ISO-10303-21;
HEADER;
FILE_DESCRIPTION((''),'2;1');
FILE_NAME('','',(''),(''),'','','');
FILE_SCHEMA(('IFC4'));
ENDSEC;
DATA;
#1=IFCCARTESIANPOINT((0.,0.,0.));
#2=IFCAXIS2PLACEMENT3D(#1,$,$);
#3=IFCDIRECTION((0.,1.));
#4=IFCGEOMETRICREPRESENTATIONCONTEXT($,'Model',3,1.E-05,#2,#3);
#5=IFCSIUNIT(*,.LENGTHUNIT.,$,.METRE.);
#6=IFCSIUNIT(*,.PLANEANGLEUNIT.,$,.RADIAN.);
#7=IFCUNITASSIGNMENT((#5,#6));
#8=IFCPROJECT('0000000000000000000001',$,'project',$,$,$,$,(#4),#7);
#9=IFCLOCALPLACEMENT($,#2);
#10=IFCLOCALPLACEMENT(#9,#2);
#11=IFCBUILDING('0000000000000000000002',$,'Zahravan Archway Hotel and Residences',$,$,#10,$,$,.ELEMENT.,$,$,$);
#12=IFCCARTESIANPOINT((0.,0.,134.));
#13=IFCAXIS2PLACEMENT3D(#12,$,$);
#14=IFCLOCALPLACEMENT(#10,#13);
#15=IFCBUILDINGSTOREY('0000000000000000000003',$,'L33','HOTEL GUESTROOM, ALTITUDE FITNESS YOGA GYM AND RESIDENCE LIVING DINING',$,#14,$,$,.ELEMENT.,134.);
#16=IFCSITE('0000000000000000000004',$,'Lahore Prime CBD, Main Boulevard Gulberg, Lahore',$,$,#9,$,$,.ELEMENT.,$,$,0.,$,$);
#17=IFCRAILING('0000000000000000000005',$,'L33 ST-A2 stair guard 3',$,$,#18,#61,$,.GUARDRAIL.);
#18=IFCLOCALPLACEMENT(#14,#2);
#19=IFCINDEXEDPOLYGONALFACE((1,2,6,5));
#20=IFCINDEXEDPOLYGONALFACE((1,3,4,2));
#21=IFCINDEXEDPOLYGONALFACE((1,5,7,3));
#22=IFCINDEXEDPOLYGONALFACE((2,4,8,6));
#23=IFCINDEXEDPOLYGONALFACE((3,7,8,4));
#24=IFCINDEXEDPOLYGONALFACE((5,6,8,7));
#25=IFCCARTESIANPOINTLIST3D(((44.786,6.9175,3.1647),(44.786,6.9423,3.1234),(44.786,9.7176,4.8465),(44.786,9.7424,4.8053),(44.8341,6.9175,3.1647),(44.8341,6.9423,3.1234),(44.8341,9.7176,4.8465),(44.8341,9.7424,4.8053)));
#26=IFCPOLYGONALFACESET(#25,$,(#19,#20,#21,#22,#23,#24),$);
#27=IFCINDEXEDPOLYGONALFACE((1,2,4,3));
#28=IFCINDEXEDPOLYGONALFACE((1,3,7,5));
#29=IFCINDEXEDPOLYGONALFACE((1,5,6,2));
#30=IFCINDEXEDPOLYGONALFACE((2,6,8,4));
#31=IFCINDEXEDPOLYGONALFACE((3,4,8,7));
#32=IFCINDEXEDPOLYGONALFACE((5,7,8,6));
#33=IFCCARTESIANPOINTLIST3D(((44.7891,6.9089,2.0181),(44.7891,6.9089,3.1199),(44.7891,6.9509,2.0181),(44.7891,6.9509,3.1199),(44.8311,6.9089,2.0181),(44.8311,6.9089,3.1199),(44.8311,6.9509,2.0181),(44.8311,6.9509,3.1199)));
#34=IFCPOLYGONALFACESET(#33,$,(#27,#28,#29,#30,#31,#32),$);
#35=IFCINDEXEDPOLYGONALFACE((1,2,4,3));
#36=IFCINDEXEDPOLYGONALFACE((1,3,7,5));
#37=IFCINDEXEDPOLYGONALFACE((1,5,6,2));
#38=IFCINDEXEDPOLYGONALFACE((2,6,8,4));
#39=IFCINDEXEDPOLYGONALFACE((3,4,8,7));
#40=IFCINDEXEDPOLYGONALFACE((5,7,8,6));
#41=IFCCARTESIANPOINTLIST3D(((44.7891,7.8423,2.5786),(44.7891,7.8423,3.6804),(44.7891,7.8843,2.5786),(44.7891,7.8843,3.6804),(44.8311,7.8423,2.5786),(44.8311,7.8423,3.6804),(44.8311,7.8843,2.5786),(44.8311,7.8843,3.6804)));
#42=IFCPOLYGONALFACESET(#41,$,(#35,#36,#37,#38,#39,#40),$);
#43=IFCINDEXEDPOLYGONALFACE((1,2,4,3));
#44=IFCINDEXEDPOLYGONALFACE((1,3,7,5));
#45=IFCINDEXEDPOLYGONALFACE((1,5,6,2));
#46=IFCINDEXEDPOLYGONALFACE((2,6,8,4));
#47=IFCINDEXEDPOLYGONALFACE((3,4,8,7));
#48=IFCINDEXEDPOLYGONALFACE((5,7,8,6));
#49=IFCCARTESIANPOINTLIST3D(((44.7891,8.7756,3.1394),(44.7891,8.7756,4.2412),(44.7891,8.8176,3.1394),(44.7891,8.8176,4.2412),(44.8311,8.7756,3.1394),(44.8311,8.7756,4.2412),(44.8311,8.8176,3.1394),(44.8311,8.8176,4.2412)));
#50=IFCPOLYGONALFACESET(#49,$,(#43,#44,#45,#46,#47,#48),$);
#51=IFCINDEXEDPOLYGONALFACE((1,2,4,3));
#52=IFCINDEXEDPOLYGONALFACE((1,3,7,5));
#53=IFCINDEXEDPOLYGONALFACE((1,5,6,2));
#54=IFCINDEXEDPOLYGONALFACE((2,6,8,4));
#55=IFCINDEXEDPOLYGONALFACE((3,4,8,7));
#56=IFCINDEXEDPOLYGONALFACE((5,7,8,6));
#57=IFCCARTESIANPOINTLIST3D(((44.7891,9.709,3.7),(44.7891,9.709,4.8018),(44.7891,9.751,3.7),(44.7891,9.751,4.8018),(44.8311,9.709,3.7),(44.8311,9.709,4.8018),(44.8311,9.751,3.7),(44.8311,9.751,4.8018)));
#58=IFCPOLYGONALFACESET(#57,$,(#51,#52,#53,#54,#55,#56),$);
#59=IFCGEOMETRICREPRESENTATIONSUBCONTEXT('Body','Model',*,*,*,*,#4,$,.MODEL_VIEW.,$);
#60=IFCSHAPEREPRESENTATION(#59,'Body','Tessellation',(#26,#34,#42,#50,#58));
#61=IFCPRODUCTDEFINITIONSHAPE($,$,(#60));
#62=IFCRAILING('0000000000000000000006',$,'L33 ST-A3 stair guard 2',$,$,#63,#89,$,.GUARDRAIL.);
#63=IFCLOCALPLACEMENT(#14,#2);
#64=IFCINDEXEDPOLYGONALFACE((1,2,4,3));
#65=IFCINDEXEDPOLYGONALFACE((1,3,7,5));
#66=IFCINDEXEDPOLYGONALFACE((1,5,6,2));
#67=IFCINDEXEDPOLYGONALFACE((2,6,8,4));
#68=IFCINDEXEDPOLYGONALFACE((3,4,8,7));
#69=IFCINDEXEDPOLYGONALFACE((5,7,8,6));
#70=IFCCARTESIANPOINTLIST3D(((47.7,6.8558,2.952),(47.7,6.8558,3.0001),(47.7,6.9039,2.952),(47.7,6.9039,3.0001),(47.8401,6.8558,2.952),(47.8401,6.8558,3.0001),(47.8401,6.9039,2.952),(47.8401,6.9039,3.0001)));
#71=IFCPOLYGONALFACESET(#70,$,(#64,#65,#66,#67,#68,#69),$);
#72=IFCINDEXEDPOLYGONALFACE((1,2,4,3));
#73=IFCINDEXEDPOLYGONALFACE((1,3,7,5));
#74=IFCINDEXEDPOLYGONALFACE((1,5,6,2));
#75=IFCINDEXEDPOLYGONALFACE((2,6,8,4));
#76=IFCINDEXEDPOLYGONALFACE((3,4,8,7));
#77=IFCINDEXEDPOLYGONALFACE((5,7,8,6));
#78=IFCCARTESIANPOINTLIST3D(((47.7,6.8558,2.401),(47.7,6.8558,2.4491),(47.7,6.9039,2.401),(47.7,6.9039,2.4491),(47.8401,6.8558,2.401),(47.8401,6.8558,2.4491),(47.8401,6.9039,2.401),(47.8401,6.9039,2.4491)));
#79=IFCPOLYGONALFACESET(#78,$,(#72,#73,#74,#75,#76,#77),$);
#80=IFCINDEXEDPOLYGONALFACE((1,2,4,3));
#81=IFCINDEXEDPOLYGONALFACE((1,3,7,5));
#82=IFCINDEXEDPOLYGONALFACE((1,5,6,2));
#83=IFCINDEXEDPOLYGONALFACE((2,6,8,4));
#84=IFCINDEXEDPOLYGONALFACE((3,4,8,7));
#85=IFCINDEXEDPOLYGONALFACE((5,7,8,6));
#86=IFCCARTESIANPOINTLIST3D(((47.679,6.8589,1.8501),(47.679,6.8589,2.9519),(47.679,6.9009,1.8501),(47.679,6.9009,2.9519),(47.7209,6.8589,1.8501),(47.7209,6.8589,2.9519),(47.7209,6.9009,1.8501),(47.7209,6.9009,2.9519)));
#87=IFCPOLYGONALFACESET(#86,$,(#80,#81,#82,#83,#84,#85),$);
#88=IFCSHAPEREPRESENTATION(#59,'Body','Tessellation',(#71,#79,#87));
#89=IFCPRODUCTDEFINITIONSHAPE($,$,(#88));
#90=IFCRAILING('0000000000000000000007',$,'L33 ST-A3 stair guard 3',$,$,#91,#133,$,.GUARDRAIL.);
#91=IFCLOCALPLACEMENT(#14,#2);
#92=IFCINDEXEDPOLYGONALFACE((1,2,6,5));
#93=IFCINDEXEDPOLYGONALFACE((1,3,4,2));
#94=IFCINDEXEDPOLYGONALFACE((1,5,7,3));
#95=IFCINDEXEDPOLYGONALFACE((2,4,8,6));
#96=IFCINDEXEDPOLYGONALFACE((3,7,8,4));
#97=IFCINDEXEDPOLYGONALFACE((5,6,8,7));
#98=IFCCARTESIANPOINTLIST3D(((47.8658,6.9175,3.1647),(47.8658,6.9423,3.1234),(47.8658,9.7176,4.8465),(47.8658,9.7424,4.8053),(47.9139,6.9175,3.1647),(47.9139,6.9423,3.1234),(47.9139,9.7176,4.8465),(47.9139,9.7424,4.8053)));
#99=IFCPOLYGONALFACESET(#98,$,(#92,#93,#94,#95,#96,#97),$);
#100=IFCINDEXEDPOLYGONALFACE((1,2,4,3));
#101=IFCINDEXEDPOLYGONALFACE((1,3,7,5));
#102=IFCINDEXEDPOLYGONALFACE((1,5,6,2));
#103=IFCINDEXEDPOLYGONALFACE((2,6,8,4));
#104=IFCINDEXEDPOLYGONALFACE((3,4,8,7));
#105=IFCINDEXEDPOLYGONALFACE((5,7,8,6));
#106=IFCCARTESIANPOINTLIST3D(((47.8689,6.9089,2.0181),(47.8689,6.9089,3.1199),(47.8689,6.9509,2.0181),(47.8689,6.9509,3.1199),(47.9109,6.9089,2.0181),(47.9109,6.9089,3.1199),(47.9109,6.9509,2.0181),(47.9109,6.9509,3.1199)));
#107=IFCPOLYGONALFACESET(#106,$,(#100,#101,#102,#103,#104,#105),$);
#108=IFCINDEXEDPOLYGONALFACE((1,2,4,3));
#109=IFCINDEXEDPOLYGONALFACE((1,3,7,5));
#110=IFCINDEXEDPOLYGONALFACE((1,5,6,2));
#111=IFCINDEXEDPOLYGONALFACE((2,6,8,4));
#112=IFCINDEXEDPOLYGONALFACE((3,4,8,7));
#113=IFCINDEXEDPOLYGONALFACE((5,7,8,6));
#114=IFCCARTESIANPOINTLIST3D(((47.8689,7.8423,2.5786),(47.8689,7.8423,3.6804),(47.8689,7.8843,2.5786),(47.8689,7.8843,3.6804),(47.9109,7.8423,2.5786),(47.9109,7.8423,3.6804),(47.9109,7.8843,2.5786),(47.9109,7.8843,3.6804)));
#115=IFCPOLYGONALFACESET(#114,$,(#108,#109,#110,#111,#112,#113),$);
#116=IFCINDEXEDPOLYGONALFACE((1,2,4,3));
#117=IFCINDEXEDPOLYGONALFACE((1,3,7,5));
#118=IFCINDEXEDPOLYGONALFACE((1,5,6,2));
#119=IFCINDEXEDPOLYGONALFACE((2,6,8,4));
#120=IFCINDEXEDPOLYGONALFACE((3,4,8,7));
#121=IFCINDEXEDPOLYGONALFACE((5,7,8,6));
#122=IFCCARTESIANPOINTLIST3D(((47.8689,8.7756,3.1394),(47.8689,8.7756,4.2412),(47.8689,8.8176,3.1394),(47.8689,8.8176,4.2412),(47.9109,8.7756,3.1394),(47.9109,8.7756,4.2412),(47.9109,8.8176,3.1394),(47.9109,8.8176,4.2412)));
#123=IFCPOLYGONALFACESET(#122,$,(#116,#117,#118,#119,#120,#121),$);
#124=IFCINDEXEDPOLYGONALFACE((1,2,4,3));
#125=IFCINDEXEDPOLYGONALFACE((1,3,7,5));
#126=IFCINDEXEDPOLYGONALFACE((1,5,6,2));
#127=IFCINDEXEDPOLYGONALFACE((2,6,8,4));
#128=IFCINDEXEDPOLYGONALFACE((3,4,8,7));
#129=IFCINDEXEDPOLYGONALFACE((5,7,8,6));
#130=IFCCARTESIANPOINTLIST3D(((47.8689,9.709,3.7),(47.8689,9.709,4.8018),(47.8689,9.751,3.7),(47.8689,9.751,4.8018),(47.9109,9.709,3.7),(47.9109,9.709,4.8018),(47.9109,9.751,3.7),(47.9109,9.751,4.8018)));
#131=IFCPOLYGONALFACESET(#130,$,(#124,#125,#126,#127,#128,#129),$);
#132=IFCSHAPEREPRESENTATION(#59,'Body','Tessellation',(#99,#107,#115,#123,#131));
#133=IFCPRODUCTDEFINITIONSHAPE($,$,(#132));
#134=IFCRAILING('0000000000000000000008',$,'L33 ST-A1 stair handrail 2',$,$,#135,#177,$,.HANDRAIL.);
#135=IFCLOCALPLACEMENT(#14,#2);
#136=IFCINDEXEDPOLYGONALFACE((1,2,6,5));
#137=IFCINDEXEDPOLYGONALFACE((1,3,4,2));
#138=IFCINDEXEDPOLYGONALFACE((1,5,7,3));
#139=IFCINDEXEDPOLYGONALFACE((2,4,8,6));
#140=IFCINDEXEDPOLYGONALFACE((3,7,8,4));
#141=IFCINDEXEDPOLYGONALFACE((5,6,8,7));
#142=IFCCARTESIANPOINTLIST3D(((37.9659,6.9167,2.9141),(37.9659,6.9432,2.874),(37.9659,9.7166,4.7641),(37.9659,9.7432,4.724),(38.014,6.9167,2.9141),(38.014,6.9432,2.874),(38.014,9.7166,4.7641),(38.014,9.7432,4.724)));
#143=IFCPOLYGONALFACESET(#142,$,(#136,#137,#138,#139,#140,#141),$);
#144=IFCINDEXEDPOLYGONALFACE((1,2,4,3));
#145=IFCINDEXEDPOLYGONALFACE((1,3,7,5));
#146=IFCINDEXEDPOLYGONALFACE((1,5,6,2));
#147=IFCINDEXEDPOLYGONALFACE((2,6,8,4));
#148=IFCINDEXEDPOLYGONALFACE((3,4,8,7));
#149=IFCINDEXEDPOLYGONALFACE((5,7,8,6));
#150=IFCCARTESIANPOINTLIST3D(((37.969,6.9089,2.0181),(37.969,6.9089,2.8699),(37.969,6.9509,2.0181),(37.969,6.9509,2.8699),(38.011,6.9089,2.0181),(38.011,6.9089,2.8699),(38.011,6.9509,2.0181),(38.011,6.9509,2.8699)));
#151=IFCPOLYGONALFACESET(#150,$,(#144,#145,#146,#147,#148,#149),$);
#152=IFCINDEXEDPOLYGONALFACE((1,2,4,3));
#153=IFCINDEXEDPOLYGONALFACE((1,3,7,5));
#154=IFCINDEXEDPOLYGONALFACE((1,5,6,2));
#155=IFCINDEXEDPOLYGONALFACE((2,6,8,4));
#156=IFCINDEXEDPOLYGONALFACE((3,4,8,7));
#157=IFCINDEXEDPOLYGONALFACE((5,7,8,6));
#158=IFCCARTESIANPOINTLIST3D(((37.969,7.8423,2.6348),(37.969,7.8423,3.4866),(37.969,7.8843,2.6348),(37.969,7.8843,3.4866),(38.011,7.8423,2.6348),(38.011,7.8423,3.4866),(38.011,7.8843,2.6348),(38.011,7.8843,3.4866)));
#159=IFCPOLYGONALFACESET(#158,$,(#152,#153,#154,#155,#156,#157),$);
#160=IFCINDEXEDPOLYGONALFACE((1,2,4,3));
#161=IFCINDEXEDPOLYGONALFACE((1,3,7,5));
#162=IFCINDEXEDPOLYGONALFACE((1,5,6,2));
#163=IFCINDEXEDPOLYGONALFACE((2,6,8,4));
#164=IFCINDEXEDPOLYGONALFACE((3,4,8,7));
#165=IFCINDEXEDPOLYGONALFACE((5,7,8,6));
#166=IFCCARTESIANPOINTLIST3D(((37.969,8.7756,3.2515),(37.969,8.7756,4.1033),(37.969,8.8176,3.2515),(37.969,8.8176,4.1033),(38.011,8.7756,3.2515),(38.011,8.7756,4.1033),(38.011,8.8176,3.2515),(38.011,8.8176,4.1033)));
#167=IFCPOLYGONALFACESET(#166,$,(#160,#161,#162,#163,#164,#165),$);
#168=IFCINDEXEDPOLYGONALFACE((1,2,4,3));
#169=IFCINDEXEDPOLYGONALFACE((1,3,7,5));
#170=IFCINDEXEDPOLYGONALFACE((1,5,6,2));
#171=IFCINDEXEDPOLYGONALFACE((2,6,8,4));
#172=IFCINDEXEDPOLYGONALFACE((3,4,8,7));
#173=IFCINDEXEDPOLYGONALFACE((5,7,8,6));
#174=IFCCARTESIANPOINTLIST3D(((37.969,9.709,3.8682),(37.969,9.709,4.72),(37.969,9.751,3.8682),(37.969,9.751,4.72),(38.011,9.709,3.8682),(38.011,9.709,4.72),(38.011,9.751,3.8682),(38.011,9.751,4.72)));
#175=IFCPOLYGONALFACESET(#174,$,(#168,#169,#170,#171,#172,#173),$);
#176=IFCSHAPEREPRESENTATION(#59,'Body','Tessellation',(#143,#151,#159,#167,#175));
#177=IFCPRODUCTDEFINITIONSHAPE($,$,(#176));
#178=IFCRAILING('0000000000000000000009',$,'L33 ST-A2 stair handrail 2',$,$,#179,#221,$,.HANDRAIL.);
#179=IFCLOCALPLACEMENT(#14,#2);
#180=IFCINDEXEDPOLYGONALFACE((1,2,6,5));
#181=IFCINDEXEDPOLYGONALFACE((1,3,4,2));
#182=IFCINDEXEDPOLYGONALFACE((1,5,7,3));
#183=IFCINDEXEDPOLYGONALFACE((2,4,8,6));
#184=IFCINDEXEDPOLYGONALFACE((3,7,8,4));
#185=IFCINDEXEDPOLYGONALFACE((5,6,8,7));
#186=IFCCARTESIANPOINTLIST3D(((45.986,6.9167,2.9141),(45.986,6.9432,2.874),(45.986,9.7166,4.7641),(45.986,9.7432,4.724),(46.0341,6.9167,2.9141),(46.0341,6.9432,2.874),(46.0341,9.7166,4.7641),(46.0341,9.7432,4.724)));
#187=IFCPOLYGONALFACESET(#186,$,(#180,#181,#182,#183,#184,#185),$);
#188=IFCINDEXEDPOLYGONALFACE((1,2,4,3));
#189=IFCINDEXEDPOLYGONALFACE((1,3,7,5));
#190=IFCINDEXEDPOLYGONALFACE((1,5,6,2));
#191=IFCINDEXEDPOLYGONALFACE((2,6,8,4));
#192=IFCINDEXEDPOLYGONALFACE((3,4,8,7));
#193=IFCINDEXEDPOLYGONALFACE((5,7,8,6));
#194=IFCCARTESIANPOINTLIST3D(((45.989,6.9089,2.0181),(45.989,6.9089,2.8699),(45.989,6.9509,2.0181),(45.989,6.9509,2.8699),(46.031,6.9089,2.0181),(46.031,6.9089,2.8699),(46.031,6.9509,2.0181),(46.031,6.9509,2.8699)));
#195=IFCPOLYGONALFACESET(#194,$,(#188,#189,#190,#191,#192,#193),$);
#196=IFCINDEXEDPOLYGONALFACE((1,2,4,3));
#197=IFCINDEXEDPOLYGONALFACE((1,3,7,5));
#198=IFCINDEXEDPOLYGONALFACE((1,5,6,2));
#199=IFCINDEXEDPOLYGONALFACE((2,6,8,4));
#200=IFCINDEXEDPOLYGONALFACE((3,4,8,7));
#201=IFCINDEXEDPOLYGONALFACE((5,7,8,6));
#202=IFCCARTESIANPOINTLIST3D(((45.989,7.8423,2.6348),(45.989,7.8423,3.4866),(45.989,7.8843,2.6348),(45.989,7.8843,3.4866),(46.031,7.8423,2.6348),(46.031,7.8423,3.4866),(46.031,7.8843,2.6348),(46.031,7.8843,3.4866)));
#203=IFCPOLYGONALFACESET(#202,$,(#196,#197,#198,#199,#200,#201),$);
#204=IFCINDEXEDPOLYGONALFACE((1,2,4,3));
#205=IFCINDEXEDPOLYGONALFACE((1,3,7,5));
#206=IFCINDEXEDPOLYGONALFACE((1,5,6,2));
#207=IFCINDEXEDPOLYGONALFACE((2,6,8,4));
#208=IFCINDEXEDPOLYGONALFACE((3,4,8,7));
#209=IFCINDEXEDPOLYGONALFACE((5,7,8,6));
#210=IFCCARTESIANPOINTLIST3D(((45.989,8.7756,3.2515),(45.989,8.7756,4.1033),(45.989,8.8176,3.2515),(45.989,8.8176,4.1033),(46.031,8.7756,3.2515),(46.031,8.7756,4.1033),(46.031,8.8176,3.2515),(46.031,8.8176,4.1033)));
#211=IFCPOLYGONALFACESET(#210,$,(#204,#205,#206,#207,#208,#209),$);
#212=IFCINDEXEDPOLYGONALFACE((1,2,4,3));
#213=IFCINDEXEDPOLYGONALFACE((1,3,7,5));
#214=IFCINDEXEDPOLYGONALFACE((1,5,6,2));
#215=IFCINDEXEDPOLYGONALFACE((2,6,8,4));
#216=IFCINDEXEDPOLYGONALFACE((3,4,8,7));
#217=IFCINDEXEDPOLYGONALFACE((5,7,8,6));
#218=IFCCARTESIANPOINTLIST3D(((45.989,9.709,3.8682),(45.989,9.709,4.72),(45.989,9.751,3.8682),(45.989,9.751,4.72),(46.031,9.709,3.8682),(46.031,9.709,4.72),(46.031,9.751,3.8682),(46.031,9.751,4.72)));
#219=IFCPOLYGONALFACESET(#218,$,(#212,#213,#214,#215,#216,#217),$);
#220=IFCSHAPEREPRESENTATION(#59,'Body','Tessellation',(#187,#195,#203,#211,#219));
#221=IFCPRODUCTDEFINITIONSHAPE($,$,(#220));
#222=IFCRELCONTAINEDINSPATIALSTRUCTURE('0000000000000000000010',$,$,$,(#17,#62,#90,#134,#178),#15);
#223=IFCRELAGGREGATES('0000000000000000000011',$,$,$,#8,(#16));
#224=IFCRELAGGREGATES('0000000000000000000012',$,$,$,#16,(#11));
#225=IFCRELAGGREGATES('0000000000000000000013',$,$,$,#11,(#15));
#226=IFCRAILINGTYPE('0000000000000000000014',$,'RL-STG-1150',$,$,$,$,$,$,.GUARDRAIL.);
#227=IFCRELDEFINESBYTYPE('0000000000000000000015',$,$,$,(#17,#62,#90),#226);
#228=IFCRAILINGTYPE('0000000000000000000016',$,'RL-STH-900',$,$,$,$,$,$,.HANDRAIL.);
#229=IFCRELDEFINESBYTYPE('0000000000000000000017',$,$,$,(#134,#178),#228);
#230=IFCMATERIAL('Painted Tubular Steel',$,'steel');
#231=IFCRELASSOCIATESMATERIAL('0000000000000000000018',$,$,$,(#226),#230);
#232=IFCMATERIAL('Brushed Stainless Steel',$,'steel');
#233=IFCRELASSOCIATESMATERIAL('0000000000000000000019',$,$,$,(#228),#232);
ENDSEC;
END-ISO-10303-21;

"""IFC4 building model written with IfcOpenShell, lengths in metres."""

from ifc_helpers import new_model, si_unit, direction, frame, origin, origin_2d, place, context, subcontext, project, spatial, rectangle, extrude, material, type_object, element, save


model = new_model("IFC4")

# Units and contexts
model_context = context("Model", 3, precision=1e-05, world=origin(), true_north=direction((0.0, 1.0)))
body_context = subcontext(model_context, "Body", "Model", "MODEL_VIEW")
ifc_project = project(units=[si_unit("LENGTHUNIT", "METRE"), si_unit("PLANEANGLEUNIT", "RADIAN")], contexts=[model_context])

# Site, building, storey
site_placement = place(None, origin())
site = spatial("IfcSite", under=ifc_project, at=site_placement, Name="Lahore Prime CBD, Main Boulevard Gulberg, Lahore", CompositionType="ELEMENT", RefElevation=0.0)
building_placement = place(site_placement, origin())
building = spatial("IfcBuilding", under=site, at=building_placement, Name="Zahravan Archway Hotel and Residences", CompositionType="ELEMENT")
storey_placement = place(building_placement, frame((0.0, 0.0, 134.0)))
storey = spatial("IfcBuildingStorey", under=building, at=storey_placement, Name="L33", Description="HOTEL GUESTROOM, ALTITUDE FITNESS YOGA GYM AND RESIDENCE LIVING DINING", CompositionType="ELEMENT", Elevation=134.0)

# Railings
ifc_material_1 = material(Name="Painted Tubular Steel", Category="steel")
railing_type_1 = type_object("IfcRailingType", Name="RL-STG-1150", PredefinedType="GUARDRAIL", material=ifc_material_1)
railing_1_placement = place(storey_placement, frame((44.8101, 6.9299, 2.0181)))
element("IfcRailing", 1, at=railing_1_placement, inside=storey, type_object=railing_type_1, Name="L33 ST-A2 stair guard 3", PredefinedType="GUARDRAIL", context=body_context, shape_type="SweptSolid", body=[
    extrude(rectangle(XDim=0.0481, YDim=0.0481, at=origin_2d()), frame((0.0, 0.0, 1.126), z_axis=(0.0, 0.857242, 0.514913), x_axis=(-1.0, 0.0, 0.0)), (0.0, 0.0, 1.0), 3.2664),
    extrude(rectangle(XDim=0.042, YDim=0.042, at=origin_2d()), origin(), (0.0, 0.0, 1.0), 1.1018),
    extrude(rectangle(XDim=0.042, YDim=0.042, at=origin_2d()), frame((0.0, 0.9333, 0.5605)), (0.0, 0.0, 1.0), 1.1018),
    extrude(rectangle(XDim=0.042, YDim=0.042, at=origin_2d()), frame((0.0, 1.8667, 1.1213)), (0.0, 0.0, 1.0), 1.1018),
    extrude(rectangle(XDim=0.042, YDim=0.042, at=origin_2d()), frame((0.0, 2.8, 1.6819)), (0.0, 0.0, 1.0), 1.1018),
])
railing_2_placement = place(storey_placement, frame((47.7, 6.8799, 1.8501)))
element("IfcRailing", 2, at=railing_2_placement, inside=storey, type_object=railing_type_1, Name="L33 ST-A3 stair guard 2", PredefinedType="GUARDRAIL", context=body_context, shape_type="SweptSolid", body=[
    extrude(rectangle(XDim=0.0481, YDim=0.0481, at=origin_2d()), frame((0.0, 0.0, 1.126), z_axis=(1.0, 0.0, 0.0), x_axis=(0.0, 1.0, 0.0)), (0.0, 0.0, 1.0), 0.1401),
    extrude(rectangle(XDim=0.0481, YDim=0.0481, at=origin_2d()), frame((0.0, 0.0, 0.575), z_axis=(1.0, 0.0, 0.0), x_axis=(0.0, 1.0, 0.0)), (0.0, 0.0, 1.0), 0.1401),
    extrude(rectangle(XDim=0.042, YDim=0.042, at=origin_2d()), origin(), (0.0, 0.0, 1.0), 1.1018),
])
railing_3_placement = place(storey_placement, frame((47.8899, 6.9299, 2.0181)))
element("IfcRailing", 3, at=railing_3_placement, inside=storey, type_object=railing_type_1, Name="L33 ST-A3 stair guard 3", PredefinedType="GUARDRAIL", context=body_context, shape_type="SweptSolid", body=[
    extrude(rectangle(XDim=0.0481, YDim=0.0481, at=origin_2d()), frame((0.0, 0.0, 1.126), z_axis=(0.0, 0.857242, 0.514913), x_axis=(-1.0, 0.0, 0.0)), (0.0, 0.0, 1.0), 3.2664),
    extrude(rectangle(XDim=0.042, YDim=0.042, at=origin_2d()), origin(), (0.0, 0.0, 1.0), 1.1018),
    extrude(rectangle(XDim=0.042, YDim=0.042, at=origin_2d()), frame((0.0, 0.9333, 0.5605)), (0.0, 0.0, 1.0), 1.1018),
    extrude(rectangle(XDim=0.042, YDim=0.042, at=origin_2d()), frame((0.0, 1.8667, 1.1213)), (0.0, 0.0, 1.0), 1.1018),
    extrude(rectangle(XDim=0.042, YDim=0.042, at=origin_2d()), frame((0.0, 2.8, 1.6819)), (0.0, 0.0, 1.0), 1.1018),
])
ifc_material_2 = material(Name="Brushed Stainless Steel", Category="steel")
railing_type_2 = type_object("IfcRailingType", Name="RL-STH-900", PredefinedType="HANDRAIL", material=ifc_material_2)
for number, where, name in (
    (4, (37.99, 6.9299, 2.0181), "L33 ST-A1 stair handrail 2"),
    (5, (46.01, 6.9299, 2.0181), "L33 ST-A2 stair handrail 2"),
):
    element("IfcRailing", number, at=place(storey_placement, frame(where)), inside=storey, type_object=railing_type_2, Name=name, PredefinedType="HANDRAIL", context=body_context, shape_type="SweptSolid", body=[
        extrude(rectangle(XDim=0.0481, YDim=0.0481, at=origin_2d()), frame((0.0, 0.0, 0.876), z_axis=(0.0, 0.834326, 0.551271), x_axis=(-1.0, 0.0, 0.0)), (0.0, 0.0, 1.0), 3.356),
        extrude(rectangle(XDim=0.042, YDim=0.042, at=origin_2d()), origin(), (0.0, 0.0, 1.0), 0.8518),
        extrude(rectangle(XDim=0.042, YDim=0.042, at=origin_2d()), frame((0.0, 0.9333, 0.6167)), (0.0, 0.0, 1.0), 0.8518),
        extrude(rectangle(XDim=0.042, YDim=0.042, at=origin_2d()), frame((0.0, 1.8667, 1.2334)), (0.0, 0.0, 1.0), 0.8518),
        extrude(rectangle(XDim=0.042, YDim=0.042, at=origin_2d()), frame((0.0, 2.8, 1.8501)), (0.0, 0.0, 1.0), 0.8518),
    ])

save(model, "model.ifc")
